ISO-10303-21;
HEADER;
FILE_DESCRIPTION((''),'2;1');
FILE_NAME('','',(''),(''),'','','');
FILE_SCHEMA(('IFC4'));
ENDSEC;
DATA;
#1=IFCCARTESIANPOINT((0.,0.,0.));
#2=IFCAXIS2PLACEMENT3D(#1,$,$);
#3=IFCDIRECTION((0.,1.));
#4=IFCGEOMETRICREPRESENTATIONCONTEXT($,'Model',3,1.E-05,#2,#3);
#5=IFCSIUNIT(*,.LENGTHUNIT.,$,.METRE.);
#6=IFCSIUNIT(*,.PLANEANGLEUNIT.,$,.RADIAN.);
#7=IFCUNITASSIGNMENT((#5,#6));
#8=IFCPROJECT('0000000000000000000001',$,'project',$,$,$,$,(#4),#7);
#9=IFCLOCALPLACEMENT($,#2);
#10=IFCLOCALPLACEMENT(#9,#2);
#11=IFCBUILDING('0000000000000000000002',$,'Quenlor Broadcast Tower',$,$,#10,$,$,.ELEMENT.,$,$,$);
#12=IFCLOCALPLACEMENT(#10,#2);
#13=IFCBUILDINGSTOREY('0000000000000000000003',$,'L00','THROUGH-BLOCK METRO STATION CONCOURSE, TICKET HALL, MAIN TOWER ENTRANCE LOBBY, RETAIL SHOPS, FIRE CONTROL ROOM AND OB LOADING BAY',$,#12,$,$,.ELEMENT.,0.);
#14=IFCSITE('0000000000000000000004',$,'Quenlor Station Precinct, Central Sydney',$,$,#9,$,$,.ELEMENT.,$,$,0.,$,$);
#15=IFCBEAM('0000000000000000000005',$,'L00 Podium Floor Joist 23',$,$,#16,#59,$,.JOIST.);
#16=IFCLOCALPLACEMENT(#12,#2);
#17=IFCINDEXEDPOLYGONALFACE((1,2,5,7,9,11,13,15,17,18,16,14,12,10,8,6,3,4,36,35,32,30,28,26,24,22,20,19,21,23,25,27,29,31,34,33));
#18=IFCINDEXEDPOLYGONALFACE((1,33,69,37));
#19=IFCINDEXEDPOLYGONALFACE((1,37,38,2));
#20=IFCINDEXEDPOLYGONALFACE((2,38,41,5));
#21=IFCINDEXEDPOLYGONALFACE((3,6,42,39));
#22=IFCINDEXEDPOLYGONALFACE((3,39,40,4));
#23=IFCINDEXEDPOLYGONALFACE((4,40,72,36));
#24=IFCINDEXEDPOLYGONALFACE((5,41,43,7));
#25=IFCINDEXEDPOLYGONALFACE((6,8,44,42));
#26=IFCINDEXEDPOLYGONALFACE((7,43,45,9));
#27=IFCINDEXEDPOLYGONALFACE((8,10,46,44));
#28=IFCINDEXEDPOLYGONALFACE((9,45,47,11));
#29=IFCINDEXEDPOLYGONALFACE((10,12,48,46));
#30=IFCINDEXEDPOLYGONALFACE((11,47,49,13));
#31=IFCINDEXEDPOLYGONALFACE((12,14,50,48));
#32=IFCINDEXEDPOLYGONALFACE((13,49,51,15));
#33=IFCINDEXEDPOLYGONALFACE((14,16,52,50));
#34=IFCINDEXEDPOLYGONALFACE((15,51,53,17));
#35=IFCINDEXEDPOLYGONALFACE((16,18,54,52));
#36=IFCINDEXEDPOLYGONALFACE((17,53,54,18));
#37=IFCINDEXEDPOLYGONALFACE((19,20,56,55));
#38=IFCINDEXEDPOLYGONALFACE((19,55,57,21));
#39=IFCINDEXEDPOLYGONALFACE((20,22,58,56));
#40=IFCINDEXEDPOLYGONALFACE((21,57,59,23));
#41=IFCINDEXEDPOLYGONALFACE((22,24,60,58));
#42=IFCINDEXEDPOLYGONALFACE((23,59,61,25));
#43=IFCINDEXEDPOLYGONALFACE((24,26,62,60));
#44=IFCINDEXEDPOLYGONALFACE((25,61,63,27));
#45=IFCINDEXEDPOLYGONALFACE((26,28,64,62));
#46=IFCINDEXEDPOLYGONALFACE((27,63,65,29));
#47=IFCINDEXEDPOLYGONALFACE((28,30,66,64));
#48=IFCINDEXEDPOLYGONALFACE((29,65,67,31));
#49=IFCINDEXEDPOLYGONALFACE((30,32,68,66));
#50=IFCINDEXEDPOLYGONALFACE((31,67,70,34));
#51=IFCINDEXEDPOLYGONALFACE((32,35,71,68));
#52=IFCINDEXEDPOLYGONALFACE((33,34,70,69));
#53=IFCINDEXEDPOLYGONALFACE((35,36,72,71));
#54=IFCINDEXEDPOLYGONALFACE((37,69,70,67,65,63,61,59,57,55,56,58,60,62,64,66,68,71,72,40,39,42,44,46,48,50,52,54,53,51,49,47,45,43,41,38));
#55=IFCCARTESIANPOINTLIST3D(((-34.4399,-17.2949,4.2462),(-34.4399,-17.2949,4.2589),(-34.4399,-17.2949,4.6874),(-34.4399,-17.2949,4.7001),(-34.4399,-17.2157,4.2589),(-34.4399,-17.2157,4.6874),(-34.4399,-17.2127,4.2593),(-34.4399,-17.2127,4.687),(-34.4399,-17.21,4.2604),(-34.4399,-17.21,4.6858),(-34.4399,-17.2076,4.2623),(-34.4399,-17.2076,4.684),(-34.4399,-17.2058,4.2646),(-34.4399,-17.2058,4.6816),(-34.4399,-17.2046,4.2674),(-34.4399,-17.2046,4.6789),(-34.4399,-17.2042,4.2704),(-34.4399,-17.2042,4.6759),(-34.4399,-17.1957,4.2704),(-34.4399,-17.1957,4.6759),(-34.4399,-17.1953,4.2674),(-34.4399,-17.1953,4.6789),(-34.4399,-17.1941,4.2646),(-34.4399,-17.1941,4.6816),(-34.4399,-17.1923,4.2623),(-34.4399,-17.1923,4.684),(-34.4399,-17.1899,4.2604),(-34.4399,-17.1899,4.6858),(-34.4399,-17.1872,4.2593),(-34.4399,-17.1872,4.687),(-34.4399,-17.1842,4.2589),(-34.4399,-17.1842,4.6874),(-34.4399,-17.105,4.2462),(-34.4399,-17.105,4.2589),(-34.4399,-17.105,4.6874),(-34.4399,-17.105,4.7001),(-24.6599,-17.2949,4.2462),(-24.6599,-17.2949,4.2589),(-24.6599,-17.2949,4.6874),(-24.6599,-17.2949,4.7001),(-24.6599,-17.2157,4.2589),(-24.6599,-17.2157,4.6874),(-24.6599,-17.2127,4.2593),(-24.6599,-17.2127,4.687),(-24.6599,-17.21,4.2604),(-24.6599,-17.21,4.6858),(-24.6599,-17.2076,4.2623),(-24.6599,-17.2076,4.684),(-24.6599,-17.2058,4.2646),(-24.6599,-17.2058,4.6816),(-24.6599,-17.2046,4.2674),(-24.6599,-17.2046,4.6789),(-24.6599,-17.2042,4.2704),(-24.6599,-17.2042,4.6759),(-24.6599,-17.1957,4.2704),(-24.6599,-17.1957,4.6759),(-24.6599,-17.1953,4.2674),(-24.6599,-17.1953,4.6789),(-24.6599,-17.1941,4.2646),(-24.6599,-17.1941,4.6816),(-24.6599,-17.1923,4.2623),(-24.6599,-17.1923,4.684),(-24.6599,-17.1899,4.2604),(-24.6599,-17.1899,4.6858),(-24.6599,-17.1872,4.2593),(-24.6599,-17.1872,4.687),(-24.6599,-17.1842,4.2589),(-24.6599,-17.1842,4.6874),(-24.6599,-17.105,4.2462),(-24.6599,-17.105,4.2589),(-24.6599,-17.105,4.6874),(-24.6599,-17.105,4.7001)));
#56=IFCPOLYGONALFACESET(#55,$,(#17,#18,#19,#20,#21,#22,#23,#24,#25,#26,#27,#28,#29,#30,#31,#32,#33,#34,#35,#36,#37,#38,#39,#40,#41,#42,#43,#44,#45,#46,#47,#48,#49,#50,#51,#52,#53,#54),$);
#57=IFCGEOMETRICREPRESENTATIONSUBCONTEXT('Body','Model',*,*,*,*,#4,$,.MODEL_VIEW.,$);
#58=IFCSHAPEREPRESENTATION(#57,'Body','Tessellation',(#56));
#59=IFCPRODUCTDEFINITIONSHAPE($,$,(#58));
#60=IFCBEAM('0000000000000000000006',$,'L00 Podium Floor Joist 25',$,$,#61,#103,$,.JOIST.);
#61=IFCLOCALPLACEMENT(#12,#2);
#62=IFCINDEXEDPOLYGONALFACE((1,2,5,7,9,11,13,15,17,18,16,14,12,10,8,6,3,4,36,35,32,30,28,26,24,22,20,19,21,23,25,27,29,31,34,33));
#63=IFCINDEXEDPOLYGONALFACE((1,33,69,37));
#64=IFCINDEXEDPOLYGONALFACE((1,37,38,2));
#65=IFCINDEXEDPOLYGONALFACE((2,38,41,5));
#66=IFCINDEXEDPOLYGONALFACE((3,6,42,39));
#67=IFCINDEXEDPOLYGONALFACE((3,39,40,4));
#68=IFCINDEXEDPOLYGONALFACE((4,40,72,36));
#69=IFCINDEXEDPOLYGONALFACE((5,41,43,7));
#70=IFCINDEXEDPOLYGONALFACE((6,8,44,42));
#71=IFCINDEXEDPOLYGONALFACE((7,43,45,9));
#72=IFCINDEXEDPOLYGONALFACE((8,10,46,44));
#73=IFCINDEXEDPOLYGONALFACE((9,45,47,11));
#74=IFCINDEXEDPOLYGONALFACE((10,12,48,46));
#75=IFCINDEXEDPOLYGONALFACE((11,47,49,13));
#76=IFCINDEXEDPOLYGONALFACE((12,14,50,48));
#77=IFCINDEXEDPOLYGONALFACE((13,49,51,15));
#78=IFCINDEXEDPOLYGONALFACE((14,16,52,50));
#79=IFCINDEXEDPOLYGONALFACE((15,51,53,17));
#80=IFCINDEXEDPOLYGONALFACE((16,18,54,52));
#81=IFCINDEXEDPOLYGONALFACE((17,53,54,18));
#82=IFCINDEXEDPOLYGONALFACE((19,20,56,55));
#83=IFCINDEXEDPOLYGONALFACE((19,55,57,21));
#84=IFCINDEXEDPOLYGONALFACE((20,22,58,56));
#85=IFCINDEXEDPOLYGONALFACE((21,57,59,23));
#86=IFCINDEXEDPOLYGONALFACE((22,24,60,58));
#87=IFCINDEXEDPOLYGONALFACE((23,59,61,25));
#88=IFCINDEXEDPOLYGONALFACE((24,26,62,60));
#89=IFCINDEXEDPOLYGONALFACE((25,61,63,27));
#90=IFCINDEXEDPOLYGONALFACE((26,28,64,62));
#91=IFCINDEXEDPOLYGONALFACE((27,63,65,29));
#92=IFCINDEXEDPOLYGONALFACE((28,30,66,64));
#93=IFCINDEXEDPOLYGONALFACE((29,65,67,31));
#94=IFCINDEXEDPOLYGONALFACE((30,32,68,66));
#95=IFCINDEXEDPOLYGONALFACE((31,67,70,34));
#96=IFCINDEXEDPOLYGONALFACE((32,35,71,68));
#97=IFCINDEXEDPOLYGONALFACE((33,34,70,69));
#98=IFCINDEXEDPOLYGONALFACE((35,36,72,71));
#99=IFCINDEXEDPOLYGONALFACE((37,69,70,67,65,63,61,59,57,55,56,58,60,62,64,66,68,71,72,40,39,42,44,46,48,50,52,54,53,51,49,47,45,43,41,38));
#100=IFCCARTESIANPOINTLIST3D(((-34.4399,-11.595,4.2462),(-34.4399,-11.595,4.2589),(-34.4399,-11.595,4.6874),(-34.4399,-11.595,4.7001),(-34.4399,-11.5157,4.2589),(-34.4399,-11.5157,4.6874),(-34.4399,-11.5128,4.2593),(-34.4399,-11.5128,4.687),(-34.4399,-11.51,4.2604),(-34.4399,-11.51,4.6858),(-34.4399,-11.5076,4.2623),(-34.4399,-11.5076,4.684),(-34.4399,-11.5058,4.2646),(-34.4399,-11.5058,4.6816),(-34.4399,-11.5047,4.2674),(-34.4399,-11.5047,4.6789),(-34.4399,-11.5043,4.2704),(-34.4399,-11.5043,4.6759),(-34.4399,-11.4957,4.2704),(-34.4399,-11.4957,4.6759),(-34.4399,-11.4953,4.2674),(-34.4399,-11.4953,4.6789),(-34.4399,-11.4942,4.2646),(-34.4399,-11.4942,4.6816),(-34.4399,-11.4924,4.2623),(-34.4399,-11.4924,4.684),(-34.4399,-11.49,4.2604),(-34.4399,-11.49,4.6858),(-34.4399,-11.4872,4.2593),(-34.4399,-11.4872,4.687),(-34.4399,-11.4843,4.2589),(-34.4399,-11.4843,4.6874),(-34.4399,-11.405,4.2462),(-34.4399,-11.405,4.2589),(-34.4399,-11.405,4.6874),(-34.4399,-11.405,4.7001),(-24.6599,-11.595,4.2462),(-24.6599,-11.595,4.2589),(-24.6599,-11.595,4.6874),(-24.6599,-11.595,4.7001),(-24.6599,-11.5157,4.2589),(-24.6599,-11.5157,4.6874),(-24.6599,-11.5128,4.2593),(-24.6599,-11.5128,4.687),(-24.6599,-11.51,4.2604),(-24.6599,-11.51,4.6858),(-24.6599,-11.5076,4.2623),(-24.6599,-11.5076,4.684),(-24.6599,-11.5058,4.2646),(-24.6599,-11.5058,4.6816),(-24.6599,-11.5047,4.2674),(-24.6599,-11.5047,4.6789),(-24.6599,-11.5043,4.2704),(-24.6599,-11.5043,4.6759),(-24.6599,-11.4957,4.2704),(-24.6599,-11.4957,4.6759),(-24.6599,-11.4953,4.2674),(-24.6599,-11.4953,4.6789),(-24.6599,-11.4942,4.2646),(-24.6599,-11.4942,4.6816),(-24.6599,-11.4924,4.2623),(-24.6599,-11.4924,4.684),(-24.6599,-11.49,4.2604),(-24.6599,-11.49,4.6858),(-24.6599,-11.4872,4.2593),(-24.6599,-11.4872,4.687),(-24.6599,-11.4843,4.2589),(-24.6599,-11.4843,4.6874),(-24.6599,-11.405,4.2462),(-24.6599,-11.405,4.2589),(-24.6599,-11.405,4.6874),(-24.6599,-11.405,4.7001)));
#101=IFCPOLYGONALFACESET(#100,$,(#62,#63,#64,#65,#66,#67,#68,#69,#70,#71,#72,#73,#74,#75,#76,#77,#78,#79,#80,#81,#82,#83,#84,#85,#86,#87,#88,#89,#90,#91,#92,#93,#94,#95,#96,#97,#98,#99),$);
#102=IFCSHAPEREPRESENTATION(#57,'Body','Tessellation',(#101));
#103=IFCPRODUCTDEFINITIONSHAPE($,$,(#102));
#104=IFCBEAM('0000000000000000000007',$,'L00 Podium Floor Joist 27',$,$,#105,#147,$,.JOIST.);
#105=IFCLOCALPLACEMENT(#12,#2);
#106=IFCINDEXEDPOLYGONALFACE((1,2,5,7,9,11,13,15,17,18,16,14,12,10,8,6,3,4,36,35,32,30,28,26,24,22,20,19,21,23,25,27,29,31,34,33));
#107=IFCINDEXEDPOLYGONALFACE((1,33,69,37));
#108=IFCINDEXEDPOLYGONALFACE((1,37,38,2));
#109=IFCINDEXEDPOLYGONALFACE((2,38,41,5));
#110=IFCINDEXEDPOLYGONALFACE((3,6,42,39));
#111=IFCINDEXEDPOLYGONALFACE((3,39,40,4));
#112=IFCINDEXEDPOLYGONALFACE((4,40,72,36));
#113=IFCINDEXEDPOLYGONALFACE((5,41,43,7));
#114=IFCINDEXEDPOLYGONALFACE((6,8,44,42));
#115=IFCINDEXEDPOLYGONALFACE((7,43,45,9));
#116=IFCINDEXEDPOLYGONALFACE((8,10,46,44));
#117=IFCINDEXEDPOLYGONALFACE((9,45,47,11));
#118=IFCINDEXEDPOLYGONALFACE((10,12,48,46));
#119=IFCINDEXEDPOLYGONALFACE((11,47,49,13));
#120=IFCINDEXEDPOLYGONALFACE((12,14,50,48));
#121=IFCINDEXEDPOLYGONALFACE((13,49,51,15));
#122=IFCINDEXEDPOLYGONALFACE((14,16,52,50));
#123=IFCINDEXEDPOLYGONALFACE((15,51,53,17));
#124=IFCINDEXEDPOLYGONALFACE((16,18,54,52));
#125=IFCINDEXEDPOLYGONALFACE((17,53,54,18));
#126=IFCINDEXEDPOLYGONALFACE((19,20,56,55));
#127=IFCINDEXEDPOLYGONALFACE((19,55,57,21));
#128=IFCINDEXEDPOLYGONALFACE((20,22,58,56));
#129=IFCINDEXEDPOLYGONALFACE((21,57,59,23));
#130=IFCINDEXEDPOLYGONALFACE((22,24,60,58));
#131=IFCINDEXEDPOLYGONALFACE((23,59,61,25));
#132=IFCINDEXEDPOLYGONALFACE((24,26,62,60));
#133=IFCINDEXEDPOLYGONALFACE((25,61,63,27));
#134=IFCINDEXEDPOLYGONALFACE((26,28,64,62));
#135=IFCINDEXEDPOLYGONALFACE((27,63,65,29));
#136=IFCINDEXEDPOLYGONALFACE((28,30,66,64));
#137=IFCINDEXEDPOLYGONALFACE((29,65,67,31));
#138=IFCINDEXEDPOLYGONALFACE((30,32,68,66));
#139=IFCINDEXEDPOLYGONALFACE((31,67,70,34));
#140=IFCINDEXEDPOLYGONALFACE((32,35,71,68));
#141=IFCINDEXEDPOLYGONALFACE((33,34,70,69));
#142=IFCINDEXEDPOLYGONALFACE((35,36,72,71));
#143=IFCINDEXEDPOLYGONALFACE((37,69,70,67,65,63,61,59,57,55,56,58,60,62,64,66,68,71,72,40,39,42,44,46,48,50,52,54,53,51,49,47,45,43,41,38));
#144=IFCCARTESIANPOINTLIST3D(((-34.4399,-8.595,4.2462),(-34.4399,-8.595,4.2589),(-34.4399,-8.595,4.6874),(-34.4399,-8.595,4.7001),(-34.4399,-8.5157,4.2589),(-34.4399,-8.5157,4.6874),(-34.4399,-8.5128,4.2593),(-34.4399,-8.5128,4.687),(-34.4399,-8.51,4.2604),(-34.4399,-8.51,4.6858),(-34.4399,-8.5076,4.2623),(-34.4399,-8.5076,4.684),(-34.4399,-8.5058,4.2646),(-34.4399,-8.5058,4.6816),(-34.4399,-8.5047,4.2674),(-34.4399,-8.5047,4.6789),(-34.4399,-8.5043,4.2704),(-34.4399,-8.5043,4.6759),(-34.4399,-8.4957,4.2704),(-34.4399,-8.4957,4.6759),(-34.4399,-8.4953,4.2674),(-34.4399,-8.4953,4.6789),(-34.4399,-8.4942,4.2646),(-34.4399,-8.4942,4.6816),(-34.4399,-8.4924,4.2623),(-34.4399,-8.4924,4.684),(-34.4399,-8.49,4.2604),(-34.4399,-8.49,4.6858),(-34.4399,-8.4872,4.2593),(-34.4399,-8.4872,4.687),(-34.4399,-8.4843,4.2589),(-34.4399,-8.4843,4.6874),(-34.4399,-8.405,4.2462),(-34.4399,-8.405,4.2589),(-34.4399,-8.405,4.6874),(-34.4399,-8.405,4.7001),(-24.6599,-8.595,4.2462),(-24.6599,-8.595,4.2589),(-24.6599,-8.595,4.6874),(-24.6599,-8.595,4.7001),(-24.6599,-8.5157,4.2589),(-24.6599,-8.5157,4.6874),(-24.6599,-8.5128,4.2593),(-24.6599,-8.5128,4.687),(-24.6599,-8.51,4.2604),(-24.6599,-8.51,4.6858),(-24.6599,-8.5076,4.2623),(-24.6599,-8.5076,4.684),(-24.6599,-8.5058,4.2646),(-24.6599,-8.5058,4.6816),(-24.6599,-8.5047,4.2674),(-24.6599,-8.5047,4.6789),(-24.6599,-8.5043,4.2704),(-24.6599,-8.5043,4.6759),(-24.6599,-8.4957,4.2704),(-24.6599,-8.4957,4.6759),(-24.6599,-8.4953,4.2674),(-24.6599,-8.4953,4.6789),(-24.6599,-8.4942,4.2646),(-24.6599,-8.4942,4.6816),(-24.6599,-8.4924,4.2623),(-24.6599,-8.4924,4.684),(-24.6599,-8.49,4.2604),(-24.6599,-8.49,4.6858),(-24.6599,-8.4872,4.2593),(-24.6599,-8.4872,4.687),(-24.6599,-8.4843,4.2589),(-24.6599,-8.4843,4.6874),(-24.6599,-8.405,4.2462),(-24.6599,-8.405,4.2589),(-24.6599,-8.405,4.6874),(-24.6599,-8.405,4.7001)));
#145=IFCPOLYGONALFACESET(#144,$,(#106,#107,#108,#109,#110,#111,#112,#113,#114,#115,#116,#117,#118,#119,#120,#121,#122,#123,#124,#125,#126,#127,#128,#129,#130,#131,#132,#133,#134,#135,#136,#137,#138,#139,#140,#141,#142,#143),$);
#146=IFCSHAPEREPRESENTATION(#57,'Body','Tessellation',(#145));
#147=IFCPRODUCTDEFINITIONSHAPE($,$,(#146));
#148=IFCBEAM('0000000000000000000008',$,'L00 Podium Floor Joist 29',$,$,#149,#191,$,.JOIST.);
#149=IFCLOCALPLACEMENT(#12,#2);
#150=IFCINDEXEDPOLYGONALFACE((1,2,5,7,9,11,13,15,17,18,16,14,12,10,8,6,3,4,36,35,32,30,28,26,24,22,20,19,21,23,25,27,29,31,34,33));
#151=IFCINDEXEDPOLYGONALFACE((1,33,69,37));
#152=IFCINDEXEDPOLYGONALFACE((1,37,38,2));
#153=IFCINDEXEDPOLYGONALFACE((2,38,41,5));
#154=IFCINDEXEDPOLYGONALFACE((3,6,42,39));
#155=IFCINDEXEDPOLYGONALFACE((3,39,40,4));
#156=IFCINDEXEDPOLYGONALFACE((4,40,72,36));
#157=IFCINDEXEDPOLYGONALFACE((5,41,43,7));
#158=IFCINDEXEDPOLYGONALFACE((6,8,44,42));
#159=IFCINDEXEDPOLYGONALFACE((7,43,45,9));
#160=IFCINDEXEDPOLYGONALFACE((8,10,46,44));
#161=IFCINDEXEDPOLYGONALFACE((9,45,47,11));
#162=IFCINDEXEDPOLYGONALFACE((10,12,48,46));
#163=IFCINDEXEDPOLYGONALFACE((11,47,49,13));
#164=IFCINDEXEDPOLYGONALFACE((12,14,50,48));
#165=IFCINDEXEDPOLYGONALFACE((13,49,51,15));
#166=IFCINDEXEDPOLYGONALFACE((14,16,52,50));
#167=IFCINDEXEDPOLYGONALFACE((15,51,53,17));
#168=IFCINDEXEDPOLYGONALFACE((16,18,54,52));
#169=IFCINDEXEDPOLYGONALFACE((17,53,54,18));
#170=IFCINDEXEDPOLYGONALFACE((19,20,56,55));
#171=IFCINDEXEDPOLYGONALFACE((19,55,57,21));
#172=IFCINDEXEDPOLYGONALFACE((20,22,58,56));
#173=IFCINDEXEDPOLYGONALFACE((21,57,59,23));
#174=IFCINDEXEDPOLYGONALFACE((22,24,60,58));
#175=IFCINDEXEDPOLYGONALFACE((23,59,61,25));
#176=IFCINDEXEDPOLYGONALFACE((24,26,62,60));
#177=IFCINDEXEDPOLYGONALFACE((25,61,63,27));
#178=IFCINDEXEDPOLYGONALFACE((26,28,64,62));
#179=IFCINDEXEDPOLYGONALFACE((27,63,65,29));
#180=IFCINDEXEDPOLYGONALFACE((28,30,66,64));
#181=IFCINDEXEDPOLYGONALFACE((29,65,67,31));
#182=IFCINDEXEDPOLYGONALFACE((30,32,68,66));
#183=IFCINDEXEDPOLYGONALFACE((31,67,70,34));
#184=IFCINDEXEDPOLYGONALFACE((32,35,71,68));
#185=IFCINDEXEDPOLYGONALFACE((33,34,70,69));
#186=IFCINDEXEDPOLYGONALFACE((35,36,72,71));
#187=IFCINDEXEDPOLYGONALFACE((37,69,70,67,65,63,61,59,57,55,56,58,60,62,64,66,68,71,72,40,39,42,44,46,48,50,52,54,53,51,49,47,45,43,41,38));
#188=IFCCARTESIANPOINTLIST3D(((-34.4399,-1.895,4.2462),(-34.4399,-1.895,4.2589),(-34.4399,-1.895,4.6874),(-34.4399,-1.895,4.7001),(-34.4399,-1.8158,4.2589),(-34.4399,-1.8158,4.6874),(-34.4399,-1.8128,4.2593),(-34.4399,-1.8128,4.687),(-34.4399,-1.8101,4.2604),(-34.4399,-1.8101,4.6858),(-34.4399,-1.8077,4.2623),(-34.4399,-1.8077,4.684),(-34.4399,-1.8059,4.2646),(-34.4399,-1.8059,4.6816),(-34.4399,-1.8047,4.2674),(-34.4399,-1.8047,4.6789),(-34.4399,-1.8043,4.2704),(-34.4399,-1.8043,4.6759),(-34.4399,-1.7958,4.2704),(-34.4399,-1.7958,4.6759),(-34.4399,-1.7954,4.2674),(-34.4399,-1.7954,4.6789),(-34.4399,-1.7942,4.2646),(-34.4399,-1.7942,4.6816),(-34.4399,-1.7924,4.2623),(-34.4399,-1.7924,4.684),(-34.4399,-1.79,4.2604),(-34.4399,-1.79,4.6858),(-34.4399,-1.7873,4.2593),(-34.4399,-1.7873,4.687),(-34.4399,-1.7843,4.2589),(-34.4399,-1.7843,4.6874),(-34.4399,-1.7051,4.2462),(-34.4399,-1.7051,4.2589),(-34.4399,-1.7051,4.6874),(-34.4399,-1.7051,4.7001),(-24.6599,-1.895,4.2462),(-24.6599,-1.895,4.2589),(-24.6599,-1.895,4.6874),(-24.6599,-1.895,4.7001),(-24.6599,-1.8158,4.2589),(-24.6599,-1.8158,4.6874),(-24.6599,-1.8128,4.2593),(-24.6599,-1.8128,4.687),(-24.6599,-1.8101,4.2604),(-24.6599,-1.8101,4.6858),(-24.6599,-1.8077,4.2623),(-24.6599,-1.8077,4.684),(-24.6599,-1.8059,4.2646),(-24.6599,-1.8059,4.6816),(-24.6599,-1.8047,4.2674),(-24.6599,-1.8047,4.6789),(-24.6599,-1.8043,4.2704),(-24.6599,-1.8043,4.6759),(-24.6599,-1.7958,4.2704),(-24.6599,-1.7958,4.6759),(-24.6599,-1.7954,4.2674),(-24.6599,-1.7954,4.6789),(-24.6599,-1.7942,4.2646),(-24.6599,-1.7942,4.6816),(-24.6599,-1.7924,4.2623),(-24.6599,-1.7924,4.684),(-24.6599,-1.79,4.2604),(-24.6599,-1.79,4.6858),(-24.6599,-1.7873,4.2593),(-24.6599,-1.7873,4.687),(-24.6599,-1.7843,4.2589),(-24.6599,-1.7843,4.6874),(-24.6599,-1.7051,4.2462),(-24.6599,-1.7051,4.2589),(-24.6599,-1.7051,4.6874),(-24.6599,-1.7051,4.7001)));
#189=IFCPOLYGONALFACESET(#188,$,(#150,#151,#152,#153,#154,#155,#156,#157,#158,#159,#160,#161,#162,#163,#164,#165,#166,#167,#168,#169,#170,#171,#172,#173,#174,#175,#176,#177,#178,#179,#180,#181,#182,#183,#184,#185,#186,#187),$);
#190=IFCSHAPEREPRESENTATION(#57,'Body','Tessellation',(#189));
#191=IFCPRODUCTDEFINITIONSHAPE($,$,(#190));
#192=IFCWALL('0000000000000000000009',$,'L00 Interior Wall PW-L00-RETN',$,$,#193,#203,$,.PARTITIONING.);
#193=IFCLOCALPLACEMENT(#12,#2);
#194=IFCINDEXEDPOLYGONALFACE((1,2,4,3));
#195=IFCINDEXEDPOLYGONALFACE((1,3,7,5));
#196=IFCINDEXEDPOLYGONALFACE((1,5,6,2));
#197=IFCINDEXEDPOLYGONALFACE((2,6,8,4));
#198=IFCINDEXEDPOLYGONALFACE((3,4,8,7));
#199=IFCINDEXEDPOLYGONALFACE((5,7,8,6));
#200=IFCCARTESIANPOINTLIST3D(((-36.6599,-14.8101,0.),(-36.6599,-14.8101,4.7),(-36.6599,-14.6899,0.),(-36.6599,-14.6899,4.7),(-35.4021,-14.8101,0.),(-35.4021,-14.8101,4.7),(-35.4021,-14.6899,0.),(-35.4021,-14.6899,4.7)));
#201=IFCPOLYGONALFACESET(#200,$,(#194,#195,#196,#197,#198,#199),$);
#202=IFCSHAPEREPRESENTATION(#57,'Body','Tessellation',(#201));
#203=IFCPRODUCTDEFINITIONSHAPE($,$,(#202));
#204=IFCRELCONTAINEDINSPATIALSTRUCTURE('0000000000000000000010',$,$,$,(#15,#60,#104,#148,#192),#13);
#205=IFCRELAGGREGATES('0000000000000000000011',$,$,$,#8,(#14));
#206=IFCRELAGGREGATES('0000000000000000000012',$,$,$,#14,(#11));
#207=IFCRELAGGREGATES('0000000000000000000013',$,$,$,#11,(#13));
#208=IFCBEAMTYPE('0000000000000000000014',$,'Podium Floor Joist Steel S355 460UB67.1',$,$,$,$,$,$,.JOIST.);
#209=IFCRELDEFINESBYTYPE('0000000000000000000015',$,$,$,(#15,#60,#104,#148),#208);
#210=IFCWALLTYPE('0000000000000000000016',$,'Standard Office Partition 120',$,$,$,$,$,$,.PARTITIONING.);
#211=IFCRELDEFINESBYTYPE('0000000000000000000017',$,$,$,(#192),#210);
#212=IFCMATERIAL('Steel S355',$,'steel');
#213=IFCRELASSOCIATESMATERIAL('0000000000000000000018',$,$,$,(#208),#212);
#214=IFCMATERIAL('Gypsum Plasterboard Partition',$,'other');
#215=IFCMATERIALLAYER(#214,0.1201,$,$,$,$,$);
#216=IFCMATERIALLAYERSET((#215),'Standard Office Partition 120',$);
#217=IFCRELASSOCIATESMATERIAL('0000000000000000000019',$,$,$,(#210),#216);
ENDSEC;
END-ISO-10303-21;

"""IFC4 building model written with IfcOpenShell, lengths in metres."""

from ifc_helpers import new_model, si_unit, direction, frame, frame_2d, origin, origin_2d, place, context, subcontext, project, spatial, rectangle, i_section, extrude, material, layer, layer_set, material_profile, profile_set, type_object, element, save


model = new_model("IFC4")

# Units and contexts
model_context = context("Model", 3, precision=1e-05, world=origin(), true_north=direction((0.0, 1.0)))
body_context = subcontext(model_context, "Body", "Model", "MODEL_VIEW")
ifc_project = project(units=[si_unit("LENGTHUNIT", "METRE"), si_unit("PLANEANGLEUNIT", "RADIAN")], contexts=[model_context])

# Site, building, storey
site_placement = place(None, origin())
site = spatial("IfcSite", under=ifc_project, at=site_placement, Name="Quenlor Station Precinct, Central Sydney", CompositionType="ELEMENT", RefElevation=0.0)
building_placement = place(site_placement, origin())
building = spatial("IfcBuilding", under=site, at=building_placement, Name="Quenlor Broadcast Tower", CompositionType="ELEMENT")
storey_placement = place(building_placement, origin())
storey = spatial("IfcBuildingStorey", under=building, at=storey_placement, Name="L00", Description="THROUGH-BLOCK METRO STATION CONCOURSE, TICKET HALL, MAIN TOWER ENTRANCE LOBBY, RETAIL SHOPS, FIRE CONTROL ROOM AND OB LOADING BAY", CompositionType="ELEMENT", Elevation=0.0)

# Beams
ifc_material_1 = material(Name="Steel S355", Category="steel")
ifc_material_profile_1 = material_profile(ifc_material_1, i_section(OverallWidth=0.1899, OverallDepth=0.4539, WebThickness=0.0085, FlangeThickness=0.0127, FilletRadius=0.0115, at=origin_2d()))
ifc_profile_set_1 = profile_set([ifc_material_profile_1], Name="Steel S355 460UB67.1")
beam_type_1 = type_object("IfcBeamType", Name="Podium Floor Joist Steel S355 460UB67.1", PredefinedType="JOIST", material=ifc_profile_set_1)
for number, where, z_axis, x_axis, name in (
    (1, (-34.4399, -17.2, 4.4731), (1.0, 0.0, 0.0), (0.0, 1.0, 0.0), "L00 Podium Floor Joist 23"),
    (2, (-34.4399, -11.5, 4.4731), (1.0, 0.0, 0.0), (0.0, 1.0, 0.0), "L00 Podium Floor Joist 25"),
    (3, (-34.4399, -8.5, 4.4731), (1.0, 0.0, 0.0), (0.0, 1.0, 0.0), "L00 Podium Floor Joist 27"),
    (4, (-34.4399, -1.8, 4.4731), (1.0, 0.0, 0.0), (0.0, 1.0, 0.0), "L00 Podium Floor Joist 29"),
):
    element("IfcBeam", number, at=place(storey_placement, frame(where, z_axis=z_axis, x_axis=x_axis)), inside=storey, type_object=beam_type_1, Name=name, PredefinedType="JOIST", context=body_context, shape_type="SweptSolid", body=[
        extrude(i_section(OverallWidth=0.1899, OverallDepth=0.4539, WebThickness=0.0085, FlangeThickness=0.0127, FilletRadius=0.0115, at=origin_2d()), origin(), (0.0, 0.0, 1.0), 9.78),
    ])

# Wall
ifc_material_2 = material(Name="Gypsum Plasterboard Partition", Category="other")
ifc_layer_1 = layer(ifc_material_2, 0.1201)
ifc_layer_set_1 = layer_set([ifc_layer_1], Name="Standard Office Partition 120")
wall_type_1 = type_object("IfcWallType", Name="Standard Office Partition 120", PredefinedType="PARTITIONING", material=ifc_layer_set_1)
wall_1_placement = place(storey_placement, frame((-36.6599, -14.75, 0.0), z_axis=(0.0, 0.0, 1.0), x_axis=(1.0, 0.0, 0.0)))
element("IfcWall", 5, at=wall_1_placement, inside=storey, type_object=wall_type_1, Name="L00 Interior Wall PW-L00-RETN", PredefinedType="PARTITIONING", context=body_context, shape_type="SweptSolid", body=[
    extrude(rectangle(XDim=1.2578, YDim=0.1201, at=frame_2d((0.6289, 0.0))), origin(), (0.0, 0.0, 1.0), 4.7),
])

save(model, "model.ifc")
